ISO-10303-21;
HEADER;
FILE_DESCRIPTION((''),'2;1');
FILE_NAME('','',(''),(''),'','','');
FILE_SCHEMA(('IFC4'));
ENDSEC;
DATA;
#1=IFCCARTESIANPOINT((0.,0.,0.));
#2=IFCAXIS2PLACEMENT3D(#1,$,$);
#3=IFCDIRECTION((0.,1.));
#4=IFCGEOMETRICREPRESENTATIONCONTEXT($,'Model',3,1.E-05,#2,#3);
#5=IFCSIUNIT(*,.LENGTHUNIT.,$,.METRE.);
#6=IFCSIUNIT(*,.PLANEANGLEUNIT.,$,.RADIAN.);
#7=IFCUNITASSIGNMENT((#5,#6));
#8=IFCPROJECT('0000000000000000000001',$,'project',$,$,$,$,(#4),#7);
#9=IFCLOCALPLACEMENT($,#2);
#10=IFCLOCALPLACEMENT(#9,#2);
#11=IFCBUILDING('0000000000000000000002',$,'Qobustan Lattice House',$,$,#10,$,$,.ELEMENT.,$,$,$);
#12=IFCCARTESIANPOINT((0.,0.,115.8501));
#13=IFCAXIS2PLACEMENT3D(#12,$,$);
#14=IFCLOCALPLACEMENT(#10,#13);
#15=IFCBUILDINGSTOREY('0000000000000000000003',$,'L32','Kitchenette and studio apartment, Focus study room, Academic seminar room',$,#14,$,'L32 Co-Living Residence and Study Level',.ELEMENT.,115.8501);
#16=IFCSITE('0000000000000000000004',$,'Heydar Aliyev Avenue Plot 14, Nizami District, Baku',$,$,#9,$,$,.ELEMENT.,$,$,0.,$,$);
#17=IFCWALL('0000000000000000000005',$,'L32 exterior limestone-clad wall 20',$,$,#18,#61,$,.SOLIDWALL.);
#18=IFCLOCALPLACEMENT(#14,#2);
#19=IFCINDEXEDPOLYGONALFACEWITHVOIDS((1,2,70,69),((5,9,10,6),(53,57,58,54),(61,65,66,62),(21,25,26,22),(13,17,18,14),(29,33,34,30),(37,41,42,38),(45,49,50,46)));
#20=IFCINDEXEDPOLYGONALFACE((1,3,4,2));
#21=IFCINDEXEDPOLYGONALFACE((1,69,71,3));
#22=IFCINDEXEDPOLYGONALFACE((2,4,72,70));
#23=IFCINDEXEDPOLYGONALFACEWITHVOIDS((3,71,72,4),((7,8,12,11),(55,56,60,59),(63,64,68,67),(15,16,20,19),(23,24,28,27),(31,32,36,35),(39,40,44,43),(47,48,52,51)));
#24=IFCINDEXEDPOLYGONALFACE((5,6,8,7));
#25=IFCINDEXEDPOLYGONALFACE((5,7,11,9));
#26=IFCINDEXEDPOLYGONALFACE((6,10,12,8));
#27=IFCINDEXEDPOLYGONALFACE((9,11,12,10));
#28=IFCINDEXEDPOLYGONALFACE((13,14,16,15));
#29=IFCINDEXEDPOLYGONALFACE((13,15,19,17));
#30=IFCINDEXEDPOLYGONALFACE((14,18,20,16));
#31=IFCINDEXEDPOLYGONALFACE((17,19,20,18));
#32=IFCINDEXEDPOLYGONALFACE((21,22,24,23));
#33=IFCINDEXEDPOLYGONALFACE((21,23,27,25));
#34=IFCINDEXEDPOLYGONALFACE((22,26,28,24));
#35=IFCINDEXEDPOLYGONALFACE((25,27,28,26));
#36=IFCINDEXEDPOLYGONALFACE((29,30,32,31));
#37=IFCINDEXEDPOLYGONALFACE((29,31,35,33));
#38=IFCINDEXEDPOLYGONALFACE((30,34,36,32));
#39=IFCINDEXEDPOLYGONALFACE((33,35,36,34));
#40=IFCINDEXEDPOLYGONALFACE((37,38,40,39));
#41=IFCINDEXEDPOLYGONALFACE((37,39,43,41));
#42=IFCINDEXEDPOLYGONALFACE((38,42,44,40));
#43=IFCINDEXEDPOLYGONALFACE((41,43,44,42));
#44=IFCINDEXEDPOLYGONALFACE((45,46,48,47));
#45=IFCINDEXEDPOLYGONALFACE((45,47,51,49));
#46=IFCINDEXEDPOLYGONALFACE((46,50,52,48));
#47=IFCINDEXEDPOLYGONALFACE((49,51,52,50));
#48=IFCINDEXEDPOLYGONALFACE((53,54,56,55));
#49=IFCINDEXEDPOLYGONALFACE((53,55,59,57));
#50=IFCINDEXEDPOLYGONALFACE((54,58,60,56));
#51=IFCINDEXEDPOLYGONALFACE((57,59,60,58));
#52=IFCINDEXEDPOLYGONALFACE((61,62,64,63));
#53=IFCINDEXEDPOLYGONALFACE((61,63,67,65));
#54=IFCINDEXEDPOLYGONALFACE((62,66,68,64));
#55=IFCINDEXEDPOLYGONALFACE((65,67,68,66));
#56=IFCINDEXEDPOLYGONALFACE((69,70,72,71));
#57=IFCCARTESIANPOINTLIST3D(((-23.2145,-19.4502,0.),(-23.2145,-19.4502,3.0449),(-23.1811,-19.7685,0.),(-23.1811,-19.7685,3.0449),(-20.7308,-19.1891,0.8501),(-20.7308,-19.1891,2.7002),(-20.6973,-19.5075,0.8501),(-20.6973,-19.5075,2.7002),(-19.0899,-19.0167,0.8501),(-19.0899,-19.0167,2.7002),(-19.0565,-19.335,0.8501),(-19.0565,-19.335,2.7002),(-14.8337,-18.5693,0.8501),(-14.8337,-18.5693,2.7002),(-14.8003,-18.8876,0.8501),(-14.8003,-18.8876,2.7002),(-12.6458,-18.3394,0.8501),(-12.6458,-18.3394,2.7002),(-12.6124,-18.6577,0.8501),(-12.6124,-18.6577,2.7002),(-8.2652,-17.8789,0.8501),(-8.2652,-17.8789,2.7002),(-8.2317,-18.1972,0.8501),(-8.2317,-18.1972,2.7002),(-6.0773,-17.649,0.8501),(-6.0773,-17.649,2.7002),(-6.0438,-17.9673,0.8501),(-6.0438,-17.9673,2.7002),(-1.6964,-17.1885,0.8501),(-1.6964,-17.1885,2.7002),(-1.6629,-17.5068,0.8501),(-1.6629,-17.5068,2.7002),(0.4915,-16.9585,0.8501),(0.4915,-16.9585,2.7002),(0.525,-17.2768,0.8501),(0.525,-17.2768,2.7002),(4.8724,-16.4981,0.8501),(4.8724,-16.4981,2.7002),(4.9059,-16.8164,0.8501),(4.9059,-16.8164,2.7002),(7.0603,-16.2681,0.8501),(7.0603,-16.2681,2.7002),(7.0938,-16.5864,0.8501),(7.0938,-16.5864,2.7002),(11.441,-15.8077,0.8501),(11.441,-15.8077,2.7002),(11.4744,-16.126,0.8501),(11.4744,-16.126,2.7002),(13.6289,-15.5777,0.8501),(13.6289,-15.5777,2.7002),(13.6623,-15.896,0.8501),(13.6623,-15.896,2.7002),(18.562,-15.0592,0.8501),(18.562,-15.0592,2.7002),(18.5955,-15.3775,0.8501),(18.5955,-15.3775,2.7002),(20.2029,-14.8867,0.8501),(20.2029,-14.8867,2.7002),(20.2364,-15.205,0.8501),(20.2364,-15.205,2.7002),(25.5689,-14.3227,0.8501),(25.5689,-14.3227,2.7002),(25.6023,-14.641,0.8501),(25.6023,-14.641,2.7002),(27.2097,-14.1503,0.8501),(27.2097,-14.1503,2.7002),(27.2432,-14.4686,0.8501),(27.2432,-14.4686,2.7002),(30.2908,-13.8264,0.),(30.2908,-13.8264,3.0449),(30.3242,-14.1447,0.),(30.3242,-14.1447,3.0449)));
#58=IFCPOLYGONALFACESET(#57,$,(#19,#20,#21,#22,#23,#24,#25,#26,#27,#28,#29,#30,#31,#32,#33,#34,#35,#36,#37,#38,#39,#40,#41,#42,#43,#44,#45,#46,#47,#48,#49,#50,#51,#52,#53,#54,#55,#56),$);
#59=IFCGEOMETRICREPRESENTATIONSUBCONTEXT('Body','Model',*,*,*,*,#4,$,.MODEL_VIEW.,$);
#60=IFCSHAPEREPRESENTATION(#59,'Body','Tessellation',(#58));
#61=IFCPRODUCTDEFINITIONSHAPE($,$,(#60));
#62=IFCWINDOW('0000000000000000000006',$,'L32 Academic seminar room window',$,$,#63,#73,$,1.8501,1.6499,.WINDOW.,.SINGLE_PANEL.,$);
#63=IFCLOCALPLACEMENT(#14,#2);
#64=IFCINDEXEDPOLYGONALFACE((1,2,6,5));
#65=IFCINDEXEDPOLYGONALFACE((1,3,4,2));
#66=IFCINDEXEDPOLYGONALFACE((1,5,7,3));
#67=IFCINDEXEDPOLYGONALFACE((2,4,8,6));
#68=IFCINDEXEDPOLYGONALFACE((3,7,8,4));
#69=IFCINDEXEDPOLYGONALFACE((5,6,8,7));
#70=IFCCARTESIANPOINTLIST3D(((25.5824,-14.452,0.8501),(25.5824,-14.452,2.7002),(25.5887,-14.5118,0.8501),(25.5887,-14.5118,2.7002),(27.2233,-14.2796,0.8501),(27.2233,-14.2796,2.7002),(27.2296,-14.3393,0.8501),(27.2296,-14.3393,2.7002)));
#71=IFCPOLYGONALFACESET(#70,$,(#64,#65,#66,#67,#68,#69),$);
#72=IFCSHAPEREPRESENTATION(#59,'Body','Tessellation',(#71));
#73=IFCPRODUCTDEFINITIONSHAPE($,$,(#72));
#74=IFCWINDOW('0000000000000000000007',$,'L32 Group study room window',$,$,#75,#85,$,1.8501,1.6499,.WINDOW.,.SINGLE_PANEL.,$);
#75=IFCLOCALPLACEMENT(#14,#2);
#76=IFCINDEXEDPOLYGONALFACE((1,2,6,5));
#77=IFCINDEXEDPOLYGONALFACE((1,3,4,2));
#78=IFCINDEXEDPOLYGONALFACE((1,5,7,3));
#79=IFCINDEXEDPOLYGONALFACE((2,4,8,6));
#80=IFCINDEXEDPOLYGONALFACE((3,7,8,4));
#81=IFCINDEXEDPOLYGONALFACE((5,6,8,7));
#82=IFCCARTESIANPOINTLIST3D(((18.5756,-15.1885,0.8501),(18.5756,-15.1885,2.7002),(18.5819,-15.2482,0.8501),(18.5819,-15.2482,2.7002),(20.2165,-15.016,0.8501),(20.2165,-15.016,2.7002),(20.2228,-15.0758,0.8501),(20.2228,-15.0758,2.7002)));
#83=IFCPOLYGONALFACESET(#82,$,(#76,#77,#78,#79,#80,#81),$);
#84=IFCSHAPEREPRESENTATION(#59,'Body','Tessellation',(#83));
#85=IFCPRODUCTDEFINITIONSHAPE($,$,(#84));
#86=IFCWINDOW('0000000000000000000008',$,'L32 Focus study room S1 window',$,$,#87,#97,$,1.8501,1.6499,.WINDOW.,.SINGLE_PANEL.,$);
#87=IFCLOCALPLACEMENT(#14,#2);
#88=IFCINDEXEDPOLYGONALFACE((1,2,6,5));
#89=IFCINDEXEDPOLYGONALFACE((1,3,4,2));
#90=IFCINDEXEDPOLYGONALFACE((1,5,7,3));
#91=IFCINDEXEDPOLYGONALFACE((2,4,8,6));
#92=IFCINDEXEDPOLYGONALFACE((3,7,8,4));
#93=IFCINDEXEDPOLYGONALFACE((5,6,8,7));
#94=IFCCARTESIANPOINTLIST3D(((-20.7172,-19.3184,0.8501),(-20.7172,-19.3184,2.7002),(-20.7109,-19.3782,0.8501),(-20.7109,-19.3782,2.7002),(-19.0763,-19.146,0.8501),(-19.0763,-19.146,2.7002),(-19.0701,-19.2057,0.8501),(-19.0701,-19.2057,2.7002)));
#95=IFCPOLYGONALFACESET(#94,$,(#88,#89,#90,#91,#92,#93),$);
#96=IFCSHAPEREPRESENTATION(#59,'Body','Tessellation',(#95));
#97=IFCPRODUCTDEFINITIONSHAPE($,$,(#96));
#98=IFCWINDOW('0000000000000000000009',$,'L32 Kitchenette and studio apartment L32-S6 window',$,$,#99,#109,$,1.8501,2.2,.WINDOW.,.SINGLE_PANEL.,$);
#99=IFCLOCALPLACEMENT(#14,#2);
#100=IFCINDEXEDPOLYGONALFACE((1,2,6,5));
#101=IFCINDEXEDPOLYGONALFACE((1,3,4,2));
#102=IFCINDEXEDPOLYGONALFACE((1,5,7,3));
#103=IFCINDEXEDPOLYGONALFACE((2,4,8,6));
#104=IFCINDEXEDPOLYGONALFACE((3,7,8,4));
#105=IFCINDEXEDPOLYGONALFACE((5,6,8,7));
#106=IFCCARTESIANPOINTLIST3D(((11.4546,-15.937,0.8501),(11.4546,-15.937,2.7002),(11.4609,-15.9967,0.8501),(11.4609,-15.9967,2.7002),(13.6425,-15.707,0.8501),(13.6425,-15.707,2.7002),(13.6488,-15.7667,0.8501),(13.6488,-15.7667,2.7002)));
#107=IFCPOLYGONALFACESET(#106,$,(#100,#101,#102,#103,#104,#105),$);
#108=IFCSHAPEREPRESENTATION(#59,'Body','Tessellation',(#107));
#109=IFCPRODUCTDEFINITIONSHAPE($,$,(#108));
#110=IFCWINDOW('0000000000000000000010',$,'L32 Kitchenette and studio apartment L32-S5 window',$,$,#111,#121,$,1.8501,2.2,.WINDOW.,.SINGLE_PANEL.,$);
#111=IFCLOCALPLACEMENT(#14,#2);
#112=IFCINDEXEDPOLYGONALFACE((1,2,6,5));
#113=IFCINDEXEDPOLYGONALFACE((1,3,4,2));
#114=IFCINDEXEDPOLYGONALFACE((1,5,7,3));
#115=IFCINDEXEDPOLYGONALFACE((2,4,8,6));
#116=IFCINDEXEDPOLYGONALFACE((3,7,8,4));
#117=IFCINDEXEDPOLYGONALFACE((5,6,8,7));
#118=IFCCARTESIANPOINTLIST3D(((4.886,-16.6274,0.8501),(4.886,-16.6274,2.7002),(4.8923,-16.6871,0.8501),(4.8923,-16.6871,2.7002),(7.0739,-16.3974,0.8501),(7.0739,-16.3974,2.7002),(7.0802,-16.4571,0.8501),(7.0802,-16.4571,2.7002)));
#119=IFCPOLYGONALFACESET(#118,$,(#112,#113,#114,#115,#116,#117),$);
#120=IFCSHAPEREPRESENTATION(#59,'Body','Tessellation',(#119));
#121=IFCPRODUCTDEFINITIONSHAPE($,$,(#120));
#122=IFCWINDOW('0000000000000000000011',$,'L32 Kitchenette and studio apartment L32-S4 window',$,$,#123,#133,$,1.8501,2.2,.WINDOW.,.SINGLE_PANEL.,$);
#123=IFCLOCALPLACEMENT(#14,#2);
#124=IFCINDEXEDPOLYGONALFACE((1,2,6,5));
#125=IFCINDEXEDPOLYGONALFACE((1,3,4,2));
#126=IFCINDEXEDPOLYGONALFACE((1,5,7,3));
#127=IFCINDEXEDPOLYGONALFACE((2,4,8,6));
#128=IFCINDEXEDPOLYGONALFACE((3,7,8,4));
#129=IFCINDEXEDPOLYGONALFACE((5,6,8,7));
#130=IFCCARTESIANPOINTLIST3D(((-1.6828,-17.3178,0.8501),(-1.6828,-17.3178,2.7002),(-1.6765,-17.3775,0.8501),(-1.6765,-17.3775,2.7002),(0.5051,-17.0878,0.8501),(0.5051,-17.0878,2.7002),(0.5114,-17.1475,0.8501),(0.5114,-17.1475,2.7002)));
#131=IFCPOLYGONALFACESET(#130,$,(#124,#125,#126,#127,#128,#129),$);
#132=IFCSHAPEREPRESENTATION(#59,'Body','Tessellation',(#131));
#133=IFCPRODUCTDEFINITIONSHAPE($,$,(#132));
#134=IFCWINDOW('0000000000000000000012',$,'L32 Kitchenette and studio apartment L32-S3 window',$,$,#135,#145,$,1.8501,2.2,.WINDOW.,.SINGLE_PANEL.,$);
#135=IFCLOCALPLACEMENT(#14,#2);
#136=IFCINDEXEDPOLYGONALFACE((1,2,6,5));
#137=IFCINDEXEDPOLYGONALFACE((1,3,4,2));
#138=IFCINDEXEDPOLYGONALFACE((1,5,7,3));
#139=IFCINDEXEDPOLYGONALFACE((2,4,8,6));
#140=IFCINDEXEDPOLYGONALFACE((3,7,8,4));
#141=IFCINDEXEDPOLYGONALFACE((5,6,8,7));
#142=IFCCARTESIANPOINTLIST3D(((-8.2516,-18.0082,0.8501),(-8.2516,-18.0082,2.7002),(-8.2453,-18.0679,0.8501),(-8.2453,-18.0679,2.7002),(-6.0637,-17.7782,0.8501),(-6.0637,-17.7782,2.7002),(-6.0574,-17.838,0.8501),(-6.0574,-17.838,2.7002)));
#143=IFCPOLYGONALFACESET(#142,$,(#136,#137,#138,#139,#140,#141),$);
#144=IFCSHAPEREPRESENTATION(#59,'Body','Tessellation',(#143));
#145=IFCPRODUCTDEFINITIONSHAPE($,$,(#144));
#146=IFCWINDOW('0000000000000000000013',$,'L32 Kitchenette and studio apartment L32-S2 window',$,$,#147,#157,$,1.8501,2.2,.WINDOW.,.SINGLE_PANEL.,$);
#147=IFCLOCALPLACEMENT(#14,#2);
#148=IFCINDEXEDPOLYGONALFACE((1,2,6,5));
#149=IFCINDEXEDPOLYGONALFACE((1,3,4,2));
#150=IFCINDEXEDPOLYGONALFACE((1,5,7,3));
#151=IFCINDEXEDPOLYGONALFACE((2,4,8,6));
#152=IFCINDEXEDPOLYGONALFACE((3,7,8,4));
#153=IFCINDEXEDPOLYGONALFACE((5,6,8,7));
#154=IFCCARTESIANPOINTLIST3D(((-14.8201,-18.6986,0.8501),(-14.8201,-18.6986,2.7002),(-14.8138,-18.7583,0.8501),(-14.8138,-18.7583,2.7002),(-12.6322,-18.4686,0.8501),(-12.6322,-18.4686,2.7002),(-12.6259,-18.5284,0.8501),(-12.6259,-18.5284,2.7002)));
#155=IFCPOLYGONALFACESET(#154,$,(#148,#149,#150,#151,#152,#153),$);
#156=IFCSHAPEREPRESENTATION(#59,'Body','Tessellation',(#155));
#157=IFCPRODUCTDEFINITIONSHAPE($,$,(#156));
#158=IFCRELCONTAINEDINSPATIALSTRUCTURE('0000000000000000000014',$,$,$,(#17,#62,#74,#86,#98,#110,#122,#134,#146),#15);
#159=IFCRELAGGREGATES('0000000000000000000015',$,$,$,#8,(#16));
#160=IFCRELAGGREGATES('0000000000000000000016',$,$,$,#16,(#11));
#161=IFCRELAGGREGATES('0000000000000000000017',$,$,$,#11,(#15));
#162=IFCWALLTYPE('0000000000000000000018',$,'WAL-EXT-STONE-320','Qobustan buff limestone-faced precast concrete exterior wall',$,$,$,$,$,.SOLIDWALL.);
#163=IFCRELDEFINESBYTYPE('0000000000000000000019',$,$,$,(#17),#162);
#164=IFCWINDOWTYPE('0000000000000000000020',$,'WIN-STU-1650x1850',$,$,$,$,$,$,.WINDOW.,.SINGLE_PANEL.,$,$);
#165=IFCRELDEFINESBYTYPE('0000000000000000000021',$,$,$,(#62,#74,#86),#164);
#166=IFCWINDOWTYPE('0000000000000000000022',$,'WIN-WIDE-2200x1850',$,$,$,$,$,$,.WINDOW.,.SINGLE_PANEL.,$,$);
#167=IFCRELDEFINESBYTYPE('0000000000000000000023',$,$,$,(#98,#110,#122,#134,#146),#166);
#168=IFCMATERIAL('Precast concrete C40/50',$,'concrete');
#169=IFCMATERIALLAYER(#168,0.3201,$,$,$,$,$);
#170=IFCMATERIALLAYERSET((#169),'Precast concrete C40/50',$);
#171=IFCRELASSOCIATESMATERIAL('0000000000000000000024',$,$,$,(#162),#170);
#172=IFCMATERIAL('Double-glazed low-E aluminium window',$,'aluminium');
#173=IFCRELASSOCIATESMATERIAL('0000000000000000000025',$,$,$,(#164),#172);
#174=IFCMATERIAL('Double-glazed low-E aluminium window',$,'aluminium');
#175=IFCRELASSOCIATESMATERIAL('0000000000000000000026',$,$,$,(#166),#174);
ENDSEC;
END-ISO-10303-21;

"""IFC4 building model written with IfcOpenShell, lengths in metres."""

from ifc_helpers import new_model, si_unit, direction, frame, frame_2d, origin, place, context, subcontext, project, spatial, rectangle, extrude, material, layer, layer_set, type_object, element, fill, save


model = new_model("IFC4")

# Units and contexts
model_context = context("Model", 3, precision=1e-05, world=origin(), true_north=direction((0.0, 1.0)))
body_context = subcontext(model_context, "Body", "Model", "MODEL_VIEW")
ifc_project = project(units=[si_unit("LENGTHUNIT", "METRE"), si_unit("PLANEANGLEUNIT", "RADIAN")], contexts=[model_context])

# Site, building, storey
site_placement = place(None, origin())
site = spatial("IfcSite", under=ifc_project, at=site_placement, Name="Heydar Aliyev Avenue Plot 14, Nizami District, Baku", CompositionType="ELEMENT", RefElevation=0.0)
building_placement = place(site_placement, origin())
building = spatial("IfcBuilding", under=site, at=building_placement, Name="Qobustan Lattice House", CompositionType="ELEMENT")
storey_placement = place(building_placement, frame((0.0, 0.0, 115.8501)))
storey = spatial("IfcBuildingStorey", under=building, at=storey_placement, Name="L32", Description="Kitchenette and studio apartment, Focus study room, Academic seminar room", LongName="L32 Co-Living Residence and Study Level", CompositionType="ELEMENT", Elevation=115.8501)

# Shared definitions
ifc_material_1 = material(Name="Precast concrete C40/50", Category="concrete")
ifc_layer_1 = layer(ifc_material_1, 0.3201)
ifc_layer_set_1 = layer_set([ifc_layer_1], Name="Precast concrete C40/50")
wall_type = type_object("IfcWallType", Name="WAL-EXT-STONE-320", Description="Qobustan buff limestone-faced precast concrete exterior wall", PredefinedType="SOLIDWALL", material=ifc_layer_set_1)

# Wall, openings, windows
wall_1_placement = place(storey_placement, frame((30.3074, -13.9856, 0.0), z_axis=(0.0, 0.0, 1.0), x_axis=(-0.994522, -0.104531, 0.0)))
wall_1 = element("IfcWall", 1, at=wall_1_placement, inside=storey, type_object=wall_type, Name="L32 exterior limestone-clad wall 20", PredefinedType="SOLIDWALL", context=body_context, shape_type="SweptSolid", body=[
    extrude(rectangle(XDim=53.8, YDim=0.3201, at=frame_2d((26.8999, 0.0))), origin(), (0.0, 0.0, 1.0), 3.0449),
])
opening_1_placement = place(wall_1_placement, frame((3.0979, 0.0, 0.8501)))
opening_1 = element("IfcOpeningElement", 2, at=opening_1_placement, cuts=wall_1, PredefinedType="OPENING", context=body_context, shape_type="SweptSolid", body=[
    extrude(rectangle(XDim=1.6499, YDim=1.8501, at=frame_2d((0.825, 0.925))), frame((0.0, 0.1699, 0.0), z_axis=(0.0, -1.0, 0.0), x_axis=(1.0, 0.0, 0.0)), (0.0, 0.0, 1.0), 0.3401),
])
opening_2_placement = place(wall_1_placement, frame((10.1433, 0.0, 0.8501)))
opening_2 = element("IfcOpeningElement", 3, at=opening_2_placement, cuts=wall_1, PredefinedType="OPENING", context=body_context, shape_type="SweptSolid", body=[
    extrude(rectangle(XDim=1.6499, YDim=1.8501, at=frame_2d((0.825, 0.925))), frame((0.0, 0.1699, 0.0), z_axis=(0.0, -1.0, 0.0), x_axis=(1.0, 0.0, 0.0)), (0.0, 0.0, 1.0), 0.3401),
])
opening_3_placement = place(wall_1_placement, frame((16.7534, 0.0, 0.8501)))
opening_3 = element("IfcOpeningElement", 4, at=opening_3_placement, cuts=wall_1, PredefinedType="OPENING", context=body_context, shape_type="SweptSolid", body=[
    extrude(rectangle(XDim=2.2, YDim=1.8501, at=frame_2d((1.1001, 0.925))), frame((0.0, 0.1699, 0.0), z_axis=(0.0, -1.0, 0.0), x_axis=(1.0, 0.0, 0.0)), (0.0, 0.0, 1.0), 0.3401),
])
opening_4_placement = place(wall_1_placement, frame((23.3582, 0.0, 0.8501)))
opening_4 = element("IfcOpeningElement", 5, at=opening_4_placement, cuts=wall_1, PredefinedType="OPENING", context=body_context, shape_type="SweptSolid", body=[
    extrude(rectangle(XDim=2.2, YDim=1.8501, at=frame_2d((1.1001, 0.925))), frame((0.0, 0.1699, 0.0), z_axis=(0.0, -1.0, 0.0), x_axis=(1.0, 0.0, 0.0)), (0.0, 0.0, 1.0), 0.3401),
])
opening_5_placement = place(wall_1_placement, frame((29.9631, 0.0, 0.8501)))
opening_5 = element("IfcOpeningElement", 6, at=opening_5_placement, cuts=wall_1, PredefinedType="OPENING", context=body_context, shape_type="SweptSolid", body=[
    extrude(rectangle(XDim=2.2, YDim=1.8501, at=frame_2d((1.1001, 0.925))), frame((0.0, 0.1699, 0.0), z_axis=(0.0, -1.0, 0.0), x_axis=(1.0, 0.0, 0.0)), (0.0, 0.0, 1.0), 0.3401),
])
opening_6_placement = place(wall_1_placement, frame((36.5681, 0.0, 0.8501)))
opening_6 = element("IfcOpeningElement", 7, at=opening_6_placement, cuts=wall_1, PredefinedType="OPENING", context=body_context, shape_type="SweptSolid", body=[
    extrude(rectangle(XDim=2.2, YDim=1.8501, at=frame_2d((1.1001, 0.925))), frame((0.0, 0.1699, 0.0), z_axis=(0.0, -1.0, 0.0), x_axis=(1.0, 0.0, 0.0)), (0.0, 0.0, 1.0), 0.3401),
])
opening_7_placement = place(wall_1_placement, frame((43.1729, 0.0, 0.8501)))
opening_7 = element("IfcOpeningElement", 8, at=opening_7_placement, cuts=wall_1, PredefinedType="OPENING", context=body_context, shape_type="SweptSolid", body=[
    extrude(rectangle(XDim=2.2, YDim=1.8501, at=frame_2d((1.1001, 0.925))), frame((0.0, 0.1699, 0.0), z_axis=(0.0, -1.0, 0.0), x_axis=(1.0, 0.0, 0.0)), (0.0, 0.0, 1.0), 0.3401),
])
opening_8_placement = place(wall_1_placement, frame((49.6526, 0.0, 0.8501)))
opening_8 = element("IfcOpeningElement", 9, at=opening_8_placement, cuts=wall_1, PredefinedType="OPENING", context=body_context, shape_type="SweptSolid", body=[
    extrude(rectangle(XDim=1.6499, YDim=1.8501, at=frame_2d((0.825, 0.925))), frame((0.0, 0.1699, 0.0), z_axis=(0.0, -1.0, 0.0), x_axis=(1.0, 0.0, 0.0)), (0.0, 0.0, 1.0), 0.3401),
])
ifc_material_2 = material(Name="Double-glazed low-E aluminium window", Category="aluminium")
window_type_1 = type_object("IfcWindowType", Name="WIN-STU-1650x1850", PartitioningType="SINGLE_PANEL", PredefinedType="WINDOW", material=ifc_material_2)
window_1_placement = place(opening_1_placement, origin())
window_1 = element("IfcWindow", 10, at=window_1_placement, inside=storey, type_object=window_type_1, Name="L32 Academic seminar room window", OverallHeight=1.8501, OverallWidth=1.6499, PartitioningType="SINGLE_PANEL", PredefinedType="WINDOW", context=body_context, shape_type="SweptSolid", body=[
    extrude(rectangle(XDim=1.6499, YDim=1.8501, at=frame_2d((0.825, 0.925))), frame((0.0, 0.03, 0.0), z_axis=(0.0, -1.0, 0.0), x_axis=(1.0, 0.0, 0.0)), (0.0, 0.0, 1.0), 0.0601),
])
fill(opening_1, window_1)
window_2_placement = place(opening_2_placement, origin())
window_2 = element("IfcWindow", 11, at=window_2_placement, inside=storey, type_object=window_type_1, Name="L32 Group study room window", OverallHeight=1.8501, OverallWidth=1.6499, PartitioningType="SINGLE_PANEL", PredefinedType="WINDOW", context=body_context, shape_type="SweptSolid", body=[
    extrude(rectangle(XDim=1.6499, YDim=1.8501, at=frame_2d((0.825, 0.925))), frame((0.0, 0.03, 0.0), z_axis=(0.0, -1.0, 0.0), x_axis=(1.0, 0.0, 0.0)), (0.0, 0.0, 1.0), 0.0601),
])
fill(opening_2, window_2)
window_3_placement = place(opening_8_placement, origin())
window_3 = element("IfcWindow", 12, at=window_3_placement, inside=storey, type_object=window_type_1, Name="L32 Focus study room S1 window", OverallHeight=1.8501, OverallWidth=1.6499, PartitioningType="SINGLE_PANEL", PredefinedType="WINDOW", context=body_context, shape_type="SweptSolid", body=[
    extrude(rectangle(XDim=1.6499, YDim=1.8501, at=frame_2d((0.825, 0.925))), frame((0.0, 0.03, 0.0), z_axis=(0.0, -1.0, 0.0), x_axis=(1.0, 0.0, 0.0)), (0.0, 0.0, 1.0), 0.0601),
])
fill(opening_8, window_3)
ifc_material_3 = material(Name="Double-glazed low-E aluminium window", Category="aluminium")
window_type_2 = type_object("IfcWindowType", Name="WIN-WIDE-2200x1850", PartitioningType="SINGLE_PANEL", PredefinedType="WINDOW", material=ifc_material_3)
window_4_placement = place(opening_3_placement, origin())
window_4 = element("IfcWindow", 13, at=window_4_placement, inside=storey, type_object=window_type_2, Name="L32 Kitchenette and studio apartment L32-S6 window", OverallHeight=1.8501, OverallWidth=2.2, PartitioningType="SINGLE_PANEL", PredefinedType="WINDOW", context=body_context, shape_type="SweptSolid", body=[
    extrude(rectangle(XDim=2.2, YDim=1.8501, at=frame_2d((1.1001, 0.925))), frame((0.0, 0.03, 0.0), z_axis=(0.0, -1.0, 0.0), x_axis=(1.0, 0.0, 0.0)), (0.0, 0.0, 1.0), 0.0601),
])
fill(opening_3, window_4)
window_5_placement = place(opening_4_placement, origin())
window_5 = element("IfcWindow", 14, at=window_5_placement, inside=storey, type_object=window_type_2, Name="L32 Kitchenette and studio apartment L32-S5 window", OverallHeight=1.8501, OverallWidth=2.2, PartitioningType="SINGLE_PANEL", PredefinedType="WINDOW", context=body_context, shape_type="SweptSolid", body=[
    extrude(rectangle(XDim=2.2, YDim=1.8501, at=frame_2d((1.1001, 0.925))), frame((0.0, 0.03, 0.0), z_axis=(0.0, -1.0, 0.0), x_axis=(1.0, 0.0, 0.0)), (0.0, 0.0, 1.0), 0.0601),
])
fill(opening_4, window_5)
window_6_placement = place(opening_5_placement, origin())
window_6 = element("IfcWindow", 15, at=window_6_placement, inside=storey, type_object=window_type_2, Name="L32 Kitchenette and studio apartment L32-S4 window", OverallHeight=1.8501, OverallWidth=2.2, PartitioningType="SINGLE_PANEL", PredefinedType="WINDOW", context=body_context, shape_type="SweptSolid", body=[
    extrude(rectangle(XDim=2.2, YDim=1.8501, at=frame_2d((1.1001, 0.925))), frame((0.0, 0.03, 0.0), z_axis=(0.0, -1.0, 0.0), x_axis=(1.0, 0.0, 0.0)), (0.0, 0.0, 1.0), 0.0601),
])
fill(opening_5, window_6)
window_7_placement = place(opening_6_placement, origin())
window_7 = element("IfcWindow", 16, at=window_7_placement, inside=storey, type_object=window_type_2, Name="L32 Kitchenette and studio apartment L32-S3 window", OverallHeight=1.8501, OverallWidth=2.2, PartitioningType="SINGLE_PANEL", PredefinedType="WINDOW", context=body_context, shape_type="SweptSolid", body=[
    extrude(rectangle(XDim=2.2, YDim=1.8501, at=frame_2d((1.1001, 0.925))), frame((0.0, 0.03, 0.0), z_axis=(0.0, -1.0, 0.0), x_axis=(1.0, 0.0, 0.0)), (0.0, 0.0, 1.0), 0.0601),
])
fill(opening_6, window_7)
window_8_placement = place(opening_7_placement, origin())
window_8 = element("IfcWindow", 17, at=window_8_placement, inside=storey, type_object=window_type_2, Name="L32 Kitchenette and studio apartment L32-S2 window", OverallHeight=1.8501, OverallWidth=2.2, PartitioningType="SINGLE_PANEL", PredefinedType="WINDOW", context=body_context, shape_type="SweptSolid", body=[
    extrude(rectangle(XDim=2.2, YDim=1.8501, at=frame_2d((1.1001, 0.925))), frame((0.0, 0.03, 0.0), z_axis=(0.0, -1.0, 0.0), x_axis=(1.0, 0.0, 0.0)), (0.0, 0.0, 1.0), 0.0601),
])
fill(opening_7, window_8)

save(model, "model.ifc")
